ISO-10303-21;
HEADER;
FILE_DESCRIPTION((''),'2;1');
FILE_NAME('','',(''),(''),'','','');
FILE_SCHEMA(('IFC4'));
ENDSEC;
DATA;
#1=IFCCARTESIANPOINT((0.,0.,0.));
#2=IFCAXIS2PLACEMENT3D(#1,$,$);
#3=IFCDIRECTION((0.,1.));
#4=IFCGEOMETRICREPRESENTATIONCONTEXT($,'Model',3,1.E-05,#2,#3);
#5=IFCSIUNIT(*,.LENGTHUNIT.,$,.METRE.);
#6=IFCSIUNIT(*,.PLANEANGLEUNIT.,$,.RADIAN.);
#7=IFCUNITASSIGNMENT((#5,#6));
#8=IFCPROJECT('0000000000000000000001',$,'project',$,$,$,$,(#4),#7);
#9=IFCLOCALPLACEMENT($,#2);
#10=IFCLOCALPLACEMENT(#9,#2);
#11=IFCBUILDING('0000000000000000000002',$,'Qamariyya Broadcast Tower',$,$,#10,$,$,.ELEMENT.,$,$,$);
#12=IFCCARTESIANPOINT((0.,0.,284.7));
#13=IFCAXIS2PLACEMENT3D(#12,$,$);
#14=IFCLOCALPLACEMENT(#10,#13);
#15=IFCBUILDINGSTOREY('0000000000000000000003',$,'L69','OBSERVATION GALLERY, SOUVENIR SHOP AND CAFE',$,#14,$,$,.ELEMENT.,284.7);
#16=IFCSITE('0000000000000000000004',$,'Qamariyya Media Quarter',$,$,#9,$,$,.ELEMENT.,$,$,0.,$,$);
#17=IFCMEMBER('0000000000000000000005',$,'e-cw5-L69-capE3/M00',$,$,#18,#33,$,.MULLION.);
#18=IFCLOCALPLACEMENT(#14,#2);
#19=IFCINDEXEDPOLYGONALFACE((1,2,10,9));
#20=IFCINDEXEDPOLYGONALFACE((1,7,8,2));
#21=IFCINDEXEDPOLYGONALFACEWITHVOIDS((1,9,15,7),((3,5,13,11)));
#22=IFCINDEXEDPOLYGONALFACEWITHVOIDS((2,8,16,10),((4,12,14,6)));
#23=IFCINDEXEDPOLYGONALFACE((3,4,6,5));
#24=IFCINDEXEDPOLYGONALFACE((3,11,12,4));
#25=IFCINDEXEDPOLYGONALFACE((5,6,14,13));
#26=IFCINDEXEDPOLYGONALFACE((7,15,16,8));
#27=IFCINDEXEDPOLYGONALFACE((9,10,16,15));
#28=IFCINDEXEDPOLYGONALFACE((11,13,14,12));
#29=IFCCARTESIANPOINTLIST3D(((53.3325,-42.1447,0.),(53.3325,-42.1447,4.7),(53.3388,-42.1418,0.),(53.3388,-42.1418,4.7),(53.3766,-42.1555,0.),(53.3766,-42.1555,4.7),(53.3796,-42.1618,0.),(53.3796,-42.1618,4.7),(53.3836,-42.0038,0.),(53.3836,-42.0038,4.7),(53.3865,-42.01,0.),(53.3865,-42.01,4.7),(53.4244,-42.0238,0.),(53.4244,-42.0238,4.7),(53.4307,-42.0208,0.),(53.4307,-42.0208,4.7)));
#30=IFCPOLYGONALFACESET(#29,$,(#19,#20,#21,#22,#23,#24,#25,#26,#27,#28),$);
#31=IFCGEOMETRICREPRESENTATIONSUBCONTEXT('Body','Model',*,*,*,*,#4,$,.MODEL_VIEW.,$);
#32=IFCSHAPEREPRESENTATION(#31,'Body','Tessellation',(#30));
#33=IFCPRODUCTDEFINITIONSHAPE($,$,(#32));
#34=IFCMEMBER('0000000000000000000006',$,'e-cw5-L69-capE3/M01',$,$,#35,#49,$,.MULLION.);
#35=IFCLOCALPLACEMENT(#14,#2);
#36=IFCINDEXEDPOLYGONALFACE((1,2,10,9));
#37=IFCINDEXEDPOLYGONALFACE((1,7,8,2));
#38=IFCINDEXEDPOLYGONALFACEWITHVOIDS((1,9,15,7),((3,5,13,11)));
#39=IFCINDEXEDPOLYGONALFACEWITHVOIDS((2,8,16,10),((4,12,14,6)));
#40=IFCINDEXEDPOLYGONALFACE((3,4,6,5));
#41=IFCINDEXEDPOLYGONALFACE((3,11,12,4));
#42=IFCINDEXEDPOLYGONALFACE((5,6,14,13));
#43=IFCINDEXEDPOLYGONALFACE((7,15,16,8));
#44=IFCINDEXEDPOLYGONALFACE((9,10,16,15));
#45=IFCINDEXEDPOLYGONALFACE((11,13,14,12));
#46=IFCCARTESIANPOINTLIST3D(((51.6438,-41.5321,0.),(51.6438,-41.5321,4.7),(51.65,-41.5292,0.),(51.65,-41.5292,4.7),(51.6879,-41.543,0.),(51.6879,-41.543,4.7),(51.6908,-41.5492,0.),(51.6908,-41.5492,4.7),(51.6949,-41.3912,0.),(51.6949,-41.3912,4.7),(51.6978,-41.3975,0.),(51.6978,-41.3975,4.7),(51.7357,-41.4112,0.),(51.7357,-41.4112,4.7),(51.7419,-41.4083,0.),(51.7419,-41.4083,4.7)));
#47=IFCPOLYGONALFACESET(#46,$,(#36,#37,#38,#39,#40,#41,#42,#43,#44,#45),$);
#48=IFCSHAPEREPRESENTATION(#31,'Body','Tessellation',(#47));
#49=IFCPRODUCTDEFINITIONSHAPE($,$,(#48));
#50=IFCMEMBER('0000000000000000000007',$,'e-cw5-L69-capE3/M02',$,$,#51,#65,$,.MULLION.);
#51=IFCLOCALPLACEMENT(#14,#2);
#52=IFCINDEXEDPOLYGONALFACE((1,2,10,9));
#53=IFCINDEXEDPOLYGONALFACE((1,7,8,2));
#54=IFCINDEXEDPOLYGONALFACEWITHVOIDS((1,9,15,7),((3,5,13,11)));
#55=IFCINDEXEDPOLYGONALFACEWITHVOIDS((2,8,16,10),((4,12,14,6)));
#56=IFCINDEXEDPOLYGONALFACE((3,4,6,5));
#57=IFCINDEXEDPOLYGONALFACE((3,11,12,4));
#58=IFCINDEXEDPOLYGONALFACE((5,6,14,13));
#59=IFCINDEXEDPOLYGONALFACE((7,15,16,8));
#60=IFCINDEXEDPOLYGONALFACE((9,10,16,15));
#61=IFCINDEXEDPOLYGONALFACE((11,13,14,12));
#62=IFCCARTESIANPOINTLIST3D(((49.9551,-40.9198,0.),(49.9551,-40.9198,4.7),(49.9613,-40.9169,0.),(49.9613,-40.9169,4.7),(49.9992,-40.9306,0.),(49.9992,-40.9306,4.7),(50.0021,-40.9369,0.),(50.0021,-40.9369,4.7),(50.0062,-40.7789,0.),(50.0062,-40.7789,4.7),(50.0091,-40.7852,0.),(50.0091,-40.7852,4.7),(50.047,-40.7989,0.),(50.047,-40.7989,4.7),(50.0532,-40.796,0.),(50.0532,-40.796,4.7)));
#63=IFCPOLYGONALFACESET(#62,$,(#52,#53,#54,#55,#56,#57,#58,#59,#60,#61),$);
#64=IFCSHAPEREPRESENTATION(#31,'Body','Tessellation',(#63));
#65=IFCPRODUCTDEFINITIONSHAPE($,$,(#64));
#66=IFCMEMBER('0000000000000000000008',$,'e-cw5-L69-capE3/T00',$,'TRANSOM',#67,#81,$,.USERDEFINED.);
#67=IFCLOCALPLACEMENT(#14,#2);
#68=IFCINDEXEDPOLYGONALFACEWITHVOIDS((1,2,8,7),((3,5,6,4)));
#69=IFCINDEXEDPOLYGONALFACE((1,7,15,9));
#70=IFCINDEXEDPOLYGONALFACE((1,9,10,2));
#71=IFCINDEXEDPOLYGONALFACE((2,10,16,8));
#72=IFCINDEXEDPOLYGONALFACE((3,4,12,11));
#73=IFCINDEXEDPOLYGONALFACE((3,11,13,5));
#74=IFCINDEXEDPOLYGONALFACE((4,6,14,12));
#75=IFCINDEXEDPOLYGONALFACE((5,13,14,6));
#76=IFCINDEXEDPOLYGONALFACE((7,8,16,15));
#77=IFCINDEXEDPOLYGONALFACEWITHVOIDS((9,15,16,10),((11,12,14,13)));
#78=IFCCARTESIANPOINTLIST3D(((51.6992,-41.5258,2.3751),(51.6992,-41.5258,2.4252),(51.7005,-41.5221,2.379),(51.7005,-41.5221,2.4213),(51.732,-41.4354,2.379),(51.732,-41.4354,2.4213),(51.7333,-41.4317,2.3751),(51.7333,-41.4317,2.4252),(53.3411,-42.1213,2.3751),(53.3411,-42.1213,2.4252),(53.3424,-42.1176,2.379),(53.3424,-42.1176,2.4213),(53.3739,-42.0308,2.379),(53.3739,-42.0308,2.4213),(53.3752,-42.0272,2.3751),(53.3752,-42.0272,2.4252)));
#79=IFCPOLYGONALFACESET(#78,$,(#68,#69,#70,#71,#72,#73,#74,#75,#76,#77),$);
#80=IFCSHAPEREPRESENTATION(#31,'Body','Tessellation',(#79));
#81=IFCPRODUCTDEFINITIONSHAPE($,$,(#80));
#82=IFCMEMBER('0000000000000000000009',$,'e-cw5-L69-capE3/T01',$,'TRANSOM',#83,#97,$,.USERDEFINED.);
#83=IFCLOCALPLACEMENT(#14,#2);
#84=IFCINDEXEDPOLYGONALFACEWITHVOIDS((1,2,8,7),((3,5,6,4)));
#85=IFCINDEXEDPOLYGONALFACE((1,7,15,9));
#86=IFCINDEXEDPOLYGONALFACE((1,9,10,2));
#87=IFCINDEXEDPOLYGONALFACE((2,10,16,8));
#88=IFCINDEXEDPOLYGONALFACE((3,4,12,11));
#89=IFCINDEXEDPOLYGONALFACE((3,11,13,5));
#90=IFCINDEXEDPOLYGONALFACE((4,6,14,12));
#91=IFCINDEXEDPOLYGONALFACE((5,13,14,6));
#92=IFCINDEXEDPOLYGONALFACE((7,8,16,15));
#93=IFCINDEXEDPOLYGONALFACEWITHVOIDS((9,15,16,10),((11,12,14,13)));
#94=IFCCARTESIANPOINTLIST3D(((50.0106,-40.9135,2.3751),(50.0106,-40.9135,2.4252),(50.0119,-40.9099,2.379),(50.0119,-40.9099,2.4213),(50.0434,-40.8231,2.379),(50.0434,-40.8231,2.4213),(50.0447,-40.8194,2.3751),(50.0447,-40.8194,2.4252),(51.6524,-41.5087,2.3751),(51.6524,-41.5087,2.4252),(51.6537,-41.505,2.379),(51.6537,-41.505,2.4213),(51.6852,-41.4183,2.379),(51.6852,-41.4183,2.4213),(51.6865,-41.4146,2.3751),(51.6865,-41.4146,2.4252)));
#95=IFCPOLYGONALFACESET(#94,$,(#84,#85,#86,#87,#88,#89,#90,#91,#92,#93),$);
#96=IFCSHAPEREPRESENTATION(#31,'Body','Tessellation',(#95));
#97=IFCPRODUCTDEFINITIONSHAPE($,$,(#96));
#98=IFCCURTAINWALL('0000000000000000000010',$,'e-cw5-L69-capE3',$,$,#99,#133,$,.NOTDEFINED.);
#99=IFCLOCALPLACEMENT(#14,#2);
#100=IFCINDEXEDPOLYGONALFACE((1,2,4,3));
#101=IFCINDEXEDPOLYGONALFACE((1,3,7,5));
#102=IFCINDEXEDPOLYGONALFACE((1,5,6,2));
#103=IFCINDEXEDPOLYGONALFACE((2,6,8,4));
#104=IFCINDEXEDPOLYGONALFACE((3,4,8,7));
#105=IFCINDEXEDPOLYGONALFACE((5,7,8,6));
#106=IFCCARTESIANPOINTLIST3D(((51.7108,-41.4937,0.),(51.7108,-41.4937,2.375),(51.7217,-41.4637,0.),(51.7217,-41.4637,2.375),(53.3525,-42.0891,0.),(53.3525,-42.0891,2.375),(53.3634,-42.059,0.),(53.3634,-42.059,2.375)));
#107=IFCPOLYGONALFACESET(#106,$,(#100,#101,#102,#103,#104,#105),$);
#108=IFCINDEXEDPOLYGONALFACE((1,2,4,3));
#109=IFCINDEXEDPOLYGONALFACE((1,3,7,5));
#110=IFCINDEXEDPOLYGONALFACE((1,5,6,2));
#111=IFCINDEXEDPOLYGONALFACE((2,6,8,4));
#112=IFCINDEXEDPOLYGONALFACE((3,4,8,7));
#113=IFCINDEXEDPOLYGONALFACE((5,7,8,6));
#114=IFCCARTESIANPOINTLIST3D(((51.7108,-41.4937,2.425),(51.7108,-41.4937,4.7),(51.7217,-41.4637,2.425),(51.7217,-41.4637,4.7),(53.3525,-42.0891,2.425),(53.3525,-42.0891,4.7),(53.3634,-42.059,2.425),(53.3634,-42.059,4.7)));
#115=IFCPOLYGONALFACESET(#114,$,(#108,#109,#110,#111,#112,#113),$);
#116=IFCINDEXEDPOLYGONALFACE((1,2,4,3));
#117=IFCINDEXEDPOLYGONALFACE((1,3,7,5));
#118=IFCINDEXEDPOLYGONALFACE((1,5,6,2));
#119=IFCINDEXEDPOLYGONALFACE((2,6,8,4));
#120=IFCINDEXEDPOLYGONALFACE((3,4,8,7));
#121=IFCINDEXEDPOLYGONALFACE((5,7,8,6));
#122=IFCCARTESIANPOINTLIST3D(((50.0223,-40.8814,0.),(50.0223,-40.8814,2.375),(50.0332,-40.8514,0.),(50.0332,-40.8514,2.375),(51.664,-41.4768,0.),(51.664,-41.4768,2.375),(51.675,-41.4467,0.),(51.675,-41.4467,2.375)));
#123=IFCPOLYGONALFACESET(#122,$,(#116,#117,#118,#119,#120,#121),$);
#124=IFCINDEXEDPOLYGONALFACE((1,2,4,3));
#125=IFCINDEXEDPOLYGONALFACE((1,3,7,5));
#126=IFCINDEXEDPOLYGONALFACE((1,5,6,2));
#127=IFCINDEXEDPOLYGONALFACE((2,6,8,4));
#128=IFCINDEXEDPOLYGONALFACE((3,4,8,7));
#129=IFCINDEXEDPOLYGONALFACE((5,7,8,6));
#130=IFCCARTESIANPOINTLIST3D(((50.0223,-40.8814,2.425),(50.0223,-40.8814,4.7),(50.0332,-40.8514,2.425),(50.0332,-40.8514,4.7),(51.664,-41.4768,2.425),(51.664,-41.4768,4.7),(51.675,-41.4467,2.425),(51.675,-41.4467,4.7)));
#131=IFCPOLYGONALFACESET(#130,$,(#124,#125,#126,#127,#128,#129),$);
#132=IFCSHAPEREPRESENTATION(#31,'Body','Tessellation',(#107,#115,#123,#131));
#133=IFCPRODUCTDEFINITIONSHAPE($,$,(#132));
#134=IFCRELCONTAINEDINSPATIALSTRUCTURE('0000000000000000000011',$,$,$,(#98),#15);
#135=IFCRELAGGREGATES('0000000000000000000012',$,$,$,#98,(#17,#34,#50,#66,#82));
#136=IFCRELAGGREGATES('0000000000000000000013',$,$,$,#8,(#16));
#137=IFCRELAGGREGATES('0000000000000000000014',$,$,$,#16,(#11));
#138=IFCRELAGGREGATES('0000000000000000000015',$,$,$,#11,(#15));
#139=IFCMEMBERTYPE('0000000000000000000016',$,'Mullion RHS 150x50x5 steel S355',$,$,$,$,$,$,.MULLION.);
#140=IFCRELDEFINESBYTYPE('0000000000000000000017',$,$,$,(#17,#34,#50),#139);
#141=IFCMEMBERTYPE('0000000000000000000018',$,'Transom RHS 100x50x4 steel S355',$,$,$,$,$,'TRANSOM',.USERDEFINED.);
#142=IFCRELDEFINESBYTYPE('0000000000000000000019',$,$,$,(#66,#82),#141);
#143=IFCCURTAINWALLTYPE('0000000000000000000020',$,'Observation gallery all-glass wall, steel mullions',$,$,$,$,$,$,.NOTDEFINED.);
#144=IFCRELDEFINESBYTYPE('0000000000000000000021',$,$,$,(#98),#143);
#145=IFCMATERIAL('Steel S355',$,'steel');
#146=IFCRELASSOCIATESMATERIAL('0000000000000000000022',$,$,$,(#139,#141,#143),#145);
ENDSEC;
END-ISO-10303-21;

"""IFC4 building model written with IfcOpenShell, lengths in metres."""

from ifc_helpers import new_model, si_unit, direction, frame, origin, origin_2d, place, context, subcontext, project, spatial, rectangle, hollow_rectangle, extrude, material, material_profile, profile_set, type_object, element, aggregate, save


model = new_model("IFC4")

# Units and contexts
model_context = context("Model", 3, precision=1e-05, world=origin(), true_north=direction((0.0, 1.0)))
body_context = subcontext(model_context, "Body", "Model", "MODEL_VIEW")
ifc_project = project(units=[si_unit("LENGTHUNIT", "METRE"), si_unit("PLANEANGLEUNIT", "RADIAN")], contexts=[model_context])

# Members
ifc_material = material(Name="Steel S355", Category="steel")
ifc_material_profile_1 = material_profile(ifc_material, hollow_rectangle(XDim=0.1499, YDim=0.05, WallThickness=0.0049, at=origin_2d()))
ifc_profile_set_1 = profile_set([ifc_material_profile_1], Name="Steel S355")
member_type_1 = type_object("IfcMemberType", Name="Mullion RHS 150x50x5 steel S355", PredefinedType="MULLION", material=ifc_profile_set_1)
site_placement = place(None, origin())
building_placement = place(site_placement, origin())
storey_placement = place(building_placement, frame((0.0, 0.0, 284.7)))
member_1_placement = place(storey_placement, frame((53.3816, -42.0828, 0.0), z_axis=(0.0, 0.0, 1.0), x_axis=(-0.340913, -0.940095, 0.0)))
member_1 = element("IfcMember", 1, at=member_1_placement, type_object=member_type_1, Name="e-cw5-L69-capE3/M00", PredefinedType="MULLION", context=body_context, shape_type="SweptSolid", body=[
    extrude(hollow_rectangle(XDim=0.1499, YDim=0.05, WallThickness=0.0049, at=origin_2d()), origin(), (0.0, 0.0, 1.0), 4.7),
])
member_2_placement = place(storey_placement, frame((51.6929, -41.4702, 0.0), z_axis=(0.0, 0.0, 1.0), x_axis=(-0.340913, -0.940095, 0.0)))
member_2 = element("IfcMember", 2, at=member_2_placement, type_object=member_type_1, Name="e-cw5-L69-capE3/M01", PredefinedType="MULLION", context=body_context, shape_type="SweptSolid", body=[
    extrude(hollow_rectangle(XDim=0.1499, YDim=0.05, WallThickness=0.0049, at=origin_2d()), origin(), (0.0, 0.0, 1.0), 4.7),
])
member_3_placement = place(storey_placement, frame((50.0042, -40.8579, 0.0), z_axis=(0.0, 0.0, 1.0), x_axis=(-0.340913, -0.940095, 0.0)))
member_3 = element("IfcMember", 3, at=member_3_placement, type_object=member_type_1, Name="e-cw5-L69-capE3/M02", PredefinedType="MULLION", context=body_context, shape_type="SweptSolid", body=[
    extrude(hollow_rectangle(XDim=0.1499, YDim=0.05, WallThickness=0.0049, at=origin_2d()), origin(), (0.0, 0.0, 1.0), 4.7),
])
ifc_material_profile_2 = material_profile(ifc_material, hollow_rectangle(XDim=0.1001, YDim=0.05, WallThickness=0.0039, at=origin_2d()))
ifc_profile_set_2 = profile_set([ifc_material_profile_2], Name="Steel S355")
member_type_2 = type_object("IfcMemberType", Name="Transom RHS 100x50x4 steel S355", ElementType="TRANSOM", PredefinedType="USERDEFINED", material=ifc_profile_set_2)
member_4_placement = place(storey_placement, frame((53.3582, -42.0742, 2.4001), z_axis=(-0.940083, 0.340946, 0.0), x_axis=(-0.340946, -0.940083, 0.0)))
member_4 = element("IfcMember", 4, at=member_4_placement, type_object=member_type_2, Name="e-cw5-L69-capE3/T00", ObjectType="TRANSOM", PredefinedType="USERDEFINED", context=body_context, shape_type="SweptSolid", body=[
    extrude(hollow_rectangle(XDim=0.1001, YDim=0.05, WallThickness=0.0039, at=origin_2d()), origin(), (0.0, 0.0, 1.0), 1.7466),
])
member_5_placement = place(storey_placement, frame((51.6694, -41.4617, 2.4001), z_axis=(-0.940128, 0.340822, 0.0), x_axis=(-0.340822, -0.940128, 0.0)))
member_5 = element("IfcMember", 5, at=member_5_placement, type_object=member_type_2, Name="e-cw5-L69-capE3/T01", ObjectType="TRANSOM", PredefinedType="USERDEFINED", context=body_context, shape_type="SweptSolid", body=[
    extrude(hollow_rectangle(XDim=0.1001, YDim=0.05, WallThickness=0.0039, at=origin_2d()), origin(), (0.0, 0.0, 1.0), 1.7463),
])

# Site, building, storey
site = spatial("IfcSite", under=ifc_project, at=site_placement, Name="Qamariyya Media Quarter", CompositionType="ELEMENT", RefElevation=0.0)
building = spatial("IfcBuilding", under=site, at=building_placement, Name="Qamariyya Broadcast Tower", CompositionType="ELEMENT")
storey = spatial("IfcBuildingStorey", under=building, at=storey_placement, Name="L69", Description="OBSERVATION GALLERY, SOUVENIR SHOP AND CAFE", CompositionType="ELEMENT", Elevation=284.7)

# Curtain wall
curtain_wall_type = type_object("IfcCurtainWallType", Name="Observation gallery all-glass wall, steel mullions", PredefinedType="NOTDEFINED", material=ifc_material)
curtain_wall_1_placement = place(storey_placement, origin())
curtain_wall_1 = element("IfcCurtainWall", 6, at=curtain_wall_1_placement, inside=storey, type_object=curtain_wall_type, Name="e-cw5-L69-capE3", PredefinedType="NOTDEFINED", context=body_context, shape_type="SweptSolid", body=[
    extrude(rectangle(XDim=1.7463, YDim=0.032, at=origin_2d()), frame((52.5371, -41.7764, 0.0), x_axis=(-0.940102, 0.340893, 0.0)), (0.0, 0.0, 1.0), 2.375),
    extrude(rectangle(XDim=1.7463, YDim=0.032, at=origin_2d()), frame((52.5371, -41.7764, 2.425), x_axis=(-0.940102, 0.340893, 0.0)), (0.0, 0.0, 1.0), 2.2749),
    extrude(rectangle(XDim=1.7463, YDim=0.032, at=origin_2d()), frame((50.8486, -41.1641, 0.0), x_axis=(-0.940102, 0.340893, 0.0)), (0.0, 0.0, 1.0), 2.375),
    extrude(rectangle(XDim=1.7463, YDim=0.032, at=origin_2d()), frame((50.8486, -41.1641, 2.425), x_axis=(-0.940102, 0.340893, 0.0)), (0.0, 0.0, 1.0), 2.2749),
])
aggregate(curtain_wall_1, [member_1, member_2, member_3, member_4, member_5])

save(model, "model.ifc")
